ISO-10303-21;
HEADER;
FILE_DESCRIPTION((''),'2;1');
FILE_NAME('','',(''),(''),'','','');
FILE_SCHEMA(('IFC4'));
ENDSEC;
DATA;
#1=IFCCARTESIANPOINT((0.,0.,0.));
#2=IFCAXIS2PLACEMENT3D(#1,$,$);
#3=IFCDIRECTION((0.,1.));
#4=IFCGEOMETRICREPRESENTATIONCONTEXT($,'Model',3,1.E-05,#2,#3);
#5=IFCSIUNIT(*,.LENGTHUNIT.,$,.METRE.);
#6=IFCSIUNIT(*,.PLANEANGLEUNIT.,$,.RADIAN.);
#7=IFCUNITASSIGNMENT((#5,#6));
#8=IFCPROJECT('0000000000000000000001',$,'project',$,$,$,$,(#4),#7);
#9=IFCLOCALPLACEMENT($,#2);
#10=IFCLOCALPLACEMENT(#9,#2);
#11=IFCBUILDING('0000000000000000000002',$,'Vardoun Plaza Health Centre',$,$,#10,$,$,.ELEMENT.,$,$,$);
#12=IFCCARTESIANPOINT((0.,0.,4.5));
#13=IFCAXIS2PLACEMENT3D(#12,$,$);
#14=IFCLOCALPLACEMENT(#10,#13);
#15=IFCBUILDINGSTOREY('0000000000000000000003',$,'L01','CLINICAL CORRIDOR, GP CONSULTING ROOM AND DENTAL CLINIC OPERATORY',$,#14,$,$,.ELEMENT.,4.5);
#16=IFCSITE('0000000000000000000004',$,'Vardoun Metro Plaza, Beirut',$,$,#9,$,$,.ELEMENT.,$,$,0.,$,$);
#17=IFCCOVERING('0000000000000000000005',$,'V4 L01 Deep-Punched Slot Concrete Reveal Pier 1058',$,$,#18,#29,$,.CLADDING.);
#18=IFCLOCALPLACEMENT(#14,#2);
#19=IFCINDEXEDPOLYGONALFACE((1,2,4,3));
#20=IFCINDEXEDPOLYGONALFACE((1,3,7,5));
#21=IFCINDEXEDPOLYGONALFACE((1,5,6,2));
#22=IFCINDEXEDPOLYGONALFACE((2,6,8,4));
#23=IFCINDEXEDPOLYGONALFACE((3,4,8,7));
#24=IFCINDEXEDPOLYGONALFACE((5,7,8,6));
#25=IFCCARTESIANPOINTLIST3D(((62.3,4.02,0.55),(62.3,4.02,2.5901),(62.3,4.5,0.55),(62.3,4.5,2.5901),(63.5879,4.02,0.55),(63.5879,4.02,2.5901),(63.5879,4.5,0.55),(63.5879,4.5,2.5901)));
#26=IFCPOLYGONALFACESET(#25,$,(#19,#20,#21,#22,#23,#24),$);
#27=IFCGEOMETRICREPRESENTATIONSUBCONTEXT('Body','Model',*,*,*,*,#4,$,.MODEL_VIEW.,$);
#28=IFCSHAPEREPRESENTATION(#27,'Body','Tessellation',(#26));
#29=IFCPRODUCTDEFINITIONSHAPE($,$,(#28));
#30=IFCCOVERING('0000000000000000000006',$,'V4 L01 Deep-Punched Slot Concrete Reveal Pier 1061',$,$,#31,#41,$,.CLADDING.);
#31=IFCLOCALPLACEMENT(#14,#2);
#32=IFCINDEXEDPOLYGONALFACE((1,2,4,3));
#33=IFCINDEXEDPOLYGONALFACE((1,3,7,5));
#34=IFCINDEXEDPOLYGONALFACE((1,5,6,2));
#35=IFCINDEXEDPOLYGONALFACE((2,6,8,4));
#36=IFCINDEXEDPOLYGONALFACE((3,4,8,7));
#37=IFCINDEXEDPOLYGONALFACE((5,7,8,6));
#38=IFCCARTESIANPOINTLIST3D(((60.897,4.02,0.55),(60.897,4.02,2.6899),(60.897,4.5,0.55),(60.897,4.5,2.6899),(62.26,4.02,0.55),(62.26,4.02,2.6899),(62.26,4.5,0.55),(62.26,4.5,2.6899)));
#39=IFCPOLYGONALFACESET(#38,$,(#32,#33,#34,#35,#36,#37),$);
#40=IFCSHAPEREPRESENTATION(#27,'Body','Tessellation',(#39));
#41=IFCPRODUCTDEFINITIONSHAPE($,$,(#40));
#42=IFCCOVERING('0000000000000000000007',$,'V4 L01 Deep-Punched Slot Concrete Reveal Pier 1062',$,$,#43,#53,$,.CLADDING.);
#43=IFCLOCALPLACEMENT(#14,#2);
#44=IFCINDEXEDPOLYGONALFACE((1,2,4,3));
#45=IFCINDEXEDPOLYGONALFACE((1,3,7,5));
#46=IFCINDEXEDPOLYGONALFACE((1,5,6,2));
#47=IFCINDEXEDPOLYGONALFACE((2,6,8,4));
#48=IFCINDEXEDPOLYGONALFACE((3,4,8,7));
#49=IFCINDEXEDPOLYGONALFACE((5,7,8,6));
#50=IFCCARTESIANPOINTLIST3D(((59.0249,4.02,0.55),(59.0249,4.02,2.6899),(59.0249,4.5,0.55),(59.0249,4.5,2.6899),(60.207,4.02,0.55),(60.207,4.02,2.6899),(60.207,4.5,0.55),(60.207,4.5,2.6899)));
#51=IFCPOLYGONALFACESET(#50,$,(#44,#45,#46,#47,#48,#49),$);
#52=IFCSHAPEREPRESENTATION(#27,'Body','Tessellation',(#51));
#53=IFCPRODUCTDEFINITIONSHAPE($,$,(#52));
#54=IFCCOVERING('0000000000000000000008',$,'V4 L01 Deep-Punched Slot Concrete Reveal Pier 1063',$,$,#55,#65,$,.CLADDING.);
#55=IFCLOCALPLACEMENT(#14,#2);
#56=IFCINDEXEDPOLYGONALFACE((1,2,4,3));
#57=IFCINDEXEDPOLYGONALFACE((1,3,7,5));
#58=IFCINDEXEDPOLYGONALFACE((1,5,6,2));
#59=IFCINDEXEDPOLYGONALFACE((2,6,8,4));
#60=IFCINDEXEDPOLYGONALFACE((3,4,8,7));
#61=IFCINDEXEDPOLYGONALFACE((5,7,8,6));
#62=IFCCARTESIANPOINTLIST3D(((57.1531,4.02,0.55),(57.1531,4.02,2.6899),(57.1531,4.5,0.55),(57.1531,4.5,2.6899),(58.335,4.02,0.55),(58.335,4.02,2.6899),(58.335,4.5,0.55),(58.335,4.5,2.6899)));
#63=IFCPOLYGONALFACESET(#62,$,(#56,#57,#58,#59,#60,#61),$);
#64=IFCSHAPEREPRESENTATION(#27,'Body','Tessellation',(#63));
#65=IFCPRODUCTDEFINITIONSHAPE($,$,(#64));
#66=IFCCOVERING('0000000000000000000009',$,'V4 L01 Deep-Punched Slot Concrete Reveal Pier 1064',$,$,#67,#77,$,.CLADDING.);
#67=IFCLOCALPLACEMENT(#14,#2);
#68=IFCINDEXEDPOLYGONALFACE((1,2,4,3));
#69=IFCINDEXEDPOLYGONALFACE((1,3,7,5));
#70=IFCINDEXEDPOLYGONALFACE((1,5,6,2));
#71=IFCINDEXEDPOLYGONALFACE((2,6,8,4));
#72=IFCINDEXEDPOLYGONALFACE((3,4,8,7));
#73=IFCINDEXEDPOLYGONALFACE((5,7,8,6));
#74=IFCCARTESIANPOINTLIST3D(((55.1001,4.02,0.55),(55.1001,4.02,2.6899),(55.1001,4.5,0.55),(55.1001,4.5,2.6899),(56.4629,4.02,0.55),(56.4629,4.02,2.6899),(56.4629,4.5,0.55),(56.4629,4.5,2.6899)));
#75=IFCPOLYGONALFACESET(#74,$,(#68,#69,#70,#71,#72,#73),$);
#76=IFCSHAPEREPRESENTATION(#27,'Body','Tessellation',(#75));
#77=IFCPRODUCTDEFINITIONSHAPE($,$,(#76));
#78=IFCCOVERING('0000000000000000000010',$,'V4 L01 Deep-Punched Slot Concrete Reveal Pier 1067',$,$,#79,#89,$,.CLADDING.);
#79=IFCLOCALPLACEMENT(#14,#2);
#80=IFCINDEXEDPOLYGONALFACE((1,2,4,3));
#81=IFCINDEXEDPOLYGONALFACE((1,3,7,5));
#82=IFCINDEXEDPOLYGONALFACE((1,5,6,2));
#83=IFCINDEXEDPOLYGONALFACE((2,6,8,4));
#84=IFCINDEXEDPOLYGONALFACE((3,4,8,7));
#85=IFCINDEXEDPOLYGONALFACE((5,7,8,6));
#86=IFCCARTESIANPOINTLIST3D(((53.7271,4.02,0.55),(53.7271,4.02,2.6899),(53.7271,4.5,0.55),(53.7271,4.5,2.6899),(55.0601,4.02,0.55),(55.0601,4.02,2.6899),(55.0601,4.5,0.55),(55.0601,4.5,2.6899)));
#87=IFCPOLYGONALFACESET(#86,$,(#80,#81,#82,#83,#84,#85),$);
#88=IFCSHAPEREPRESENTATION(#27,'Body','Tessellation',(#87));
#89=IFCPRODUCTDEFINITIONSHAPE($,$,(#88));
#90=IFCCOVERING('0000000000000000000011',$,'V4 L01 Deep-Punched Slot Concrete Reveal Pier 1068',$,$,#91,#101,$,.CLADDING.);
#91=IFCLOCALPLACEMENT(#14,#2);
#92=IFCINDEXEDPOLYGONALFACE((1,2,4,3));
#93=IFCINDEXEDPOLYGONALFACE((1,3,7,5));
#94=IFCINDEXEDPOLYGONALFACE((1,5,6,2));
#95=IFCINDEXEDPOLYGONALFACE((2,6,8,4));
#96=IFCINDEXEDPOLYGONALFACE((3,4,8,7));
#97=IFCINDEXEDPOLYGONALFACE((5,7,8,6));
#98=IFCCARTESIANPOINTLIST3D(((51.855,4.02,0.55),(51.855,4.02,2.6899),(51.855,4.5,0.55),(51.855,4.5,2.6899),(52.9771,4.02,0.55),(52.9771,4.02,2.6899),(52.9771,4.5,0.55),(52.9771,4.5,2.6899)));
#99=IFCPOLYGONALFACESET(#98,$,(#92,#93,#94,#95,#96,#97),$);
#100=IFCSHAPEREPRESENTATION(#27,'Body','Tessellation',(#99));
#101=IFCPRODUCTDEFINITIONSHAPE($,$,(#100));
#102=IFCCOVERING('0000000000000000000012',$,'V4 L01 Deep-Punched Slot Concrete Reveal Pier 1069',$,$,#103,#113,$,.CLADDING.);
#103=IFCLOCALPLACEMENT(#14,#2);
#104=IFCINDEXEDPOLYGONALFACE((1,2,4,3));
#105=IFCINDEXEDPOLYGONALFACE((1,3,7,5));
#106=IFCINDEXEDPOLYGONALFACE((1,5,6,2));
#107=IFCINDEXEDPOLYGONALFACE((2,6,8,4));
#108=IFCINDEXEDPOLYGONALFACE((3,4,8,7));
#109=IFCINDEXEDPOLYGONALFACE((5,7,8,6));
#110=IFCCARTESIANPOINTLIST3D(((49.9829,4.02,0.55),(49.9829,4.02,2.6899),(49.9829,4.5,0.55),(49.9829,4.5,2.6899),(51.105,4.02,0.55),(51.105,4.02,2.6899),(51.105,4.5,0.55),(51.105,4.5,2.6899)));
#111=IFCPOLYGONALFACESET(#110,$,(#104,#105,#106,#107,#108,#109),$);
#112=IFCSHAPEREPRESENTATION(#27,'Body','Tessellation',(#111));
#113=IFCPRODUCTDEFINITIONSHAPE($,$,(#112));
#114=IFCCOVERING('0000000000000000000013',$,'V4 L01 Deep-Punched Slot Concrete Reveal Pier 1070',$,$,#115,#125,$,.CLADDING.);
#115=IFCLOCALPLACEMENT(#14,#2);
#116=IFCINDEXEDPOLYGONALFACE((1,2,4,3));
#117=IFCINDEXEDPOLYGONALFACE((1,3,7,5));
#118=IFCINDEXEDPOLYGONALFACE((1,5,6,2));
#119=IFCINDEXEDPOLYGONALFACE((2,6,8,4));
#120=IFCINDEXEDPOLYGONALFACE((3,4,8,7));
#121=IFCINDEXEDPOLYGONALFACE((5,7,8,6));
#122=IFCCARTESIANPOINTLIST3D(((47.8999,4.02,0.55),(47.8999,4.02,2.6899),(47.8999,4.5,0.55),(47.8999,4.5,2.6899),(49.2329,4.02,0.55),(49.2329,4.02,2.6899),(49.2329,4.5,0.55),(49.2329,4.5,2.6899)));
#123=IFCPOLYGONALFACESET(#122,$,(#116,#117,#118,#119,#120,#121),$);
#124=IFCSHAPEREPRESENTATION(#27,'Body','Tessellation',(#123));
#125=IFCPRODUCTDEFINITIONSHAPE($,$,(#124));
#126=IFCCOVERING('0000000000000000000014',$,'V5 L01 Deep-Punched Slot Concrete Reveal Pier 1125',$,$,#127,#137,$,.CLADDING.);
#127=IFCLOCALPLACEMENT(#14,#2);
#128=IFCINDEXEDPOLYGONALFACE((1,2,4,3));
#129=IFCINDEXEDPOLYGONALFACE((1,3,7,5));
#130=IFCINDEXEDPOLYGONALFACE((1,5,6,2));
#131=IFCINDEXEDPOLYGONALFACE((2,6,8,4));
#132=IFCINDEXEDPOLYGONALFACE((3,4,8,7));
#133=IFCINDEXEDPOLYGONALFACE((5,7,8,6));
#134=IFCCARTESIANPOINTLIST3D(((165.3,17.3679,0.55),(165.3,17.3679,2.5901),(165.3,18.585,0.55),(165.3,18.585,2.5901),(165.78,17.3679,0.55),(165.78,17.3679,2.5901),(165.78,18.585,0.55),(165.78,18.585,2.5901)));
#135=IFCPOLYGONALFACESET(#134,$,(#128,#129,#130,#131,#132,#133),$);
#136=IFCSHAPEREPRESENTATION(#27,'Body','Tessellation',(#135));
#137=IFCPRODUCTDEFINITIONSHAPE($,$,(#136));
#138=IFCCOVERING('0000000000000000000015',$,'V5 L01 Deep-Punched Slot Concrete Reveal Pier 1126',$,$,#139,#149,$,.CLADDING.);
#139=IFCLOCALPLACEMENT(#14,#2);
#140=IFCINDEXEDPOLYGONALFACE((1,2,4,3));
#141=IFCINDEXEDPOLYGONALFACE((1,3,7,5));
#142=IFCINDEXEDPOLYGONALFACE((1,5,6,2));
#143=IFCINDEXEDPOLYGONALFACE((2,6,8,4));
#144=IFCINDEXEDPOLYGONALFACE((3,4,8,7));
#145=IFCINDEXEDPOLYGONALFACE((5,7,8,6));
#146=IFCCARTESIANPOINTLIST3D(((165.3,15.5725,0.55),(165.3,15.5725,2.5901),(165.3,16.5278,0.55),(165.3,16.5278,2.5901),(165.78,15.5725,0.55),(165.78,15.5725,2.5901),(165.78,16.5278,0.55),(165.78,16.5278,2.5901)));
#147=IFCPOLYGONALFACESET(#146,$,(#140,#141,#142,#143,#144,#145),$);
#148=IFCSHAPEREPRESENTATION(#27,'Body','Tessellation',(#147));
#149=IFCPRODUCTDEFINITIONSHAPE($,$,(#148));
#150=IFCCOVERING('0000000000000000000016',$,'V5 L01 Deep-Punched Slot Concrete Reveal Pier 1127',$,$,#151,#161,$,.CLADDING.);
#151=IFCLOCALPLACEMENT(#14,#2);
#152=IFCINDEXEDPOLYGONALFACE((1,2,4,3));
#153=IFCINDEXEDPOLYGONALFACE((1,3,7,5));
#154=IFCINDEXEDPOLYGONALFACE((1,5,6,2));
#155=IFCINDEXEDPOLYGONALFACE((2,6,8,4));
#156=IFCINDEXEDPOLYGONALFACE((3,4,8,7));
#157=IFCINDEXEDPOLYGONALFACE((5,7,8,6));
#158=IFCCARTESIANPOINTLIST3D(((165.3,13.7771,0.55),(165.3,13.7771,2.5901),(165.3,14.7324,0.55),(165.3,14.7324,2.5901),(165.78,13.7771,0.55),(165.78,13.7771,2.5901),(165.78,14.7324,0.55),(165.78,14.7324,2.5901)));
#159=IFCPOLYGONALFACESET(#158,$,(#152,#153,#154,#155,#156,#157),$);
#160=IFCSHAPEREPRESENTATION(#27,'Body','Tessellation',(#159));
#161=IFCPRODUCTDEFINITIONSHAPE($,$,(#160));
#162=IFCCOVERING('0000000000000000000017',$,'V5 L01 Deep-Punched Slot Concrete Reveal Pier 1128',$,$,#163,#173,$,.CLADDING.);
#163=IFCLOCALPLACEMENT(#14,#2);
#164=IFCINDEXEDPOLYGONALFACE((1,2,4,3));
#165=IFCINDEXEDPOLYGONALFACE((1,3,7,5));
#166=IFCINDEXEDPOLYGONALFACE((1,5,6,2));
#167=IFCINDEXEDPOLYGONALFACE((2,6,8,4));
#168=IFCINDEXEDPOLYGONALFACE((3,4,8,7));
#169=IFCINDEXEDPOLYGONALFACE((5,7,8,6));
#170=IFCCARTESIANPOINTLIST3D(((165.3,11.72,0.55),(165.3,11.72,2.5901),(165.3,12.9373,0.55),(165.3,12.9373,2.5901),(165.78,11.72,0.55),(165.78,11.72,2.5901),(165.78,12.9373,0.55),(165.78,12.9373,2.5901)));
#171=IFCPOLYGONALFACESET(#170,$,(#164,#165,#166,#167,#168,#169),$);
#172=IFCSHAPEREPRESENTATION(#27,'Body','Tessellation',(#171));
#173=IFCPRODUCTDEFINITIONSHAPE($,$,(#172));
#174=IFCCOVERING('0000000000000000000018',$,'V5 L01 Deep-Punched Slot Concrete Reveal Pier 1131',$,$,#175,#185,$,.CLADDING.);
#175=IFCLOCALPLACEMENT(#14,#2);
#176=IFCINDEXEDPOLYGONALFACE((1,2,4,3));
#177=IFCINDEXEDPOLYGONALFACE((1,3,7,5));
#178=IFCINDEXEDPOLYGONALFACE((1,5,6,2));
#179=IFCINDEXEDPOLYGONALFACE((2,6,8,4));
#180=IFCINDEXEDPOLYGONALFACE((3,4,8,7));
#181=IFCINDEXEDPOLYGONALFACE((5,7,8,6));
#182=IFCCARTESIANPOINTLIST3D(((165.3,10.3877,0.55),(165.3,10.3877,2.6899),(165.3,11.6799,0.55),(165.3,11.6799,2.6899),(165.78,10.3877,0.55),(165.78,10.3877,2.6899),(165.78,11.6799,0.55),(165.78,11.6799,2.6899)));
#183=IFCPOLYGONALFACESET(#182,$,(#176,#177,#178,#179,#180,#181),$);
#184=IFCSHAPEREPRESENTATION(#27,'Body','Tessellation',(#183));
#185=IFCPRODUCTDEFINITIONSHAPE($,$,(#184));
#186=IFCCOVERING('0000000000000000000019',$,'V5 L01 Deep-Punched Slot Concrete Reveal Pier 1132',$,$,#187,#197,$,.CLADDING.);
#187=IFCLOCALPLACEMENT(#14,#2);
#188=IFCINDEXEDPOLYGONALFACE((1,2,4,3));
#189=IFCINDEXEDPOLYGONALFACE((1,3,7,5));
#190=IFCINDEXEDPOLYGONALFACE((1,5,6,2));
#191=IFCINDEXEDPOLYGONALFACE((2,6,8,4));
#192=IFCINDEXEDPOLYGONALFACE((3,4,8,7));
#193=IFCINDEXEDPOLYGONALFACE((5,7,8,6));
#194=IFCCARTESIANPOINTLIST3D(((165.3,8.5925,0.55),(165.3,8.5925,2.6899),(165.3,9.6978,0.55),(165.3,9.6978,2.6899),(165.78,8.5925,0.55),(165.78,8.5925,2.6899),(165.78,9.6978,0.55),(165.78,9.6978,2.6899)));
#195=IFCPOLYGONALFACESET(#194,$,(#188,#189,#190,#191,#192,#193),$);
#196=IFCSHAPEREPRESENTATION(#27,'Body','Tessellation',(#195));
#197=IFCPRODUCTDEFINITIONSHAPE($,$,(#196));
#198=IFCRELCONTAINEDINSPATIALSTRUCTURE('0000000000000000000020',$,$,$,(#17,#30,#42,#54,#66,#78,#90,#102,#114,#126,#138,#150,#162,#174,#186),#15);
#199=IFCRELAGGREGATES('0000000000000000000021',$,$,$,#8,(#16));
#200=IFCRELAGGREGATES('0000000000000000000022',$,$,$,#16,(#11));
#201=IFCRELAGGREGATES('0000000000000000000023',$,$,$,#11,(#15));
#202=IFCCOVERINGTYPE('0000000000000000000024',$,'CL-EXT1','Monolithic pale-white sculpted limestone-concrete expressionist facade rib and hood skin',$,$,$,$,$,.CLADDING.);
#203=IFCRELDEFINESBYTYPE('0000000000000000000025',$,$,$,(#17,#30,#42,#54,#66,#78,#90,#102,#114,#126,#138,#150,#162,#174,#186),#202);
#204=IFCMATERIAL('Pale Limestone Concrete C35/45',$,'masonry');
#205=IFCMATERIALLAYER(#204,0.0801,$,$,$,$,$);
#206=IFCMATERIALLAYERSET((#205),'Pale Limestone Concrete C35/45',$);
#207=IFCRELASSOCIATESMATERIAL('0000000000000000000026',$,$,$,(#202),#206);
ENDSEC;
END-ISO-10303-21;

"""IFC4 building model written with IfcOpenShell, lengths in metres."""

from ifc_helpers import new_model, si_unit, direction, frame, origin, place, context, subcontext, project, spatial, polyline, outline, extrude, material, layer, layer_set, type_object, element, save


model = new_model("IFC4")

# Units and contexts
model_context = context("Model", 3, precision=1e-05, world=origin(), true_north=direction((0.0, 1.0)))
body_context = subcontext(model_context, "Body", "Model", "MODEL_VIEW")
ifc_project = project(units=[si_unit("LENGTHUNIT", "METRE"), si_unit("PLANEANGLEUNIT", "RADIAN")], contexts=[model_context])

# Site, building, storey
site_placement = place(None, origin())
site = spatial("IfcSite", under=ifc_project, at=site_placement, Name="Vardoun Metro Plaza, Beirut", CompositionType="ELEMENT", RefElevation=0.0)
building_placement = place(site_placement, origin())
building = spatial("IfcBuilding", under=site, at=building_placement, Name="Vardoun Plaza Health Centre", CompositionType="ELEMENT")
storey_placement = place(building_placement, frame((0.0, 0.0, 4.5)))
storey = spatial("IfcBuildingStorey", under=building, at=storey_placement, Name="L01", Description="CLINICAL CORRIDOR, GP CONSULTING ROOM AND DENTAL CLINIC OPERATORY", CompositionType="ELEMENT", Elevation=4.5)

# Coverings
ifc_material = material(Name="Pale Limestone Concrete C35/45", Category="masonry")
ifc_layer = layer(ifc_material, 0.0801)
ifc_layer_set = layer_set([ifc_layer], Name="Pale Limestone Concrete C35/45")
covering_type = type_object("IfcCoveringType", Name="CL-EXT1", Description="Monolithic pale-white sculpted limestone-concrete expressionist facade rib and hood skin", PredefinedType="CLADDING", material=ifc_layer_set)
covering_1_placement = place(storey_placement, frame((0.0, 0.0, 0.55)))
element("IfcCovering", 1, at=covering_1_placement, inside=storey, type_object=covering_type, Name="V4 L01 Deep-Punched Slot Concrete Reveal Pier 1058", PredefinedType="CLADDING", context=body_context, shape_type="SweptSolid", body=[
    extrude(outline(polyline([(63.5879, 4.5), (62.3, 4.5), (62.3, 4.02), (63.5879, 4.02), (63.5879, 4.5)])), origin(), (0.0, 0.0, 1.0), 2.04),
])
covering_2_placement = place(storey_placement, frame((0.0, 0.0, 0.55)))
element("IfcCovering", 2, at=covering_2_placement, inside=storey, type_object=covering_type, Name="V4 L01 Deep-Punched Slot Concrete Reveal Pier 1061", PredefinedType="CLADDING", context=body_context, shape_type="SweptSolid", body=[
    extrude(outline(polyline([(62.26, 4.5), (60.897, 4.5), (60.897, 4.02), (62.26, 4.02), (62.26, 4.5)])), origin(), (0.0, 0.0, 1.0), 2.1399),
])
covering_3_placement = place(storey_placement, frame((0.0, 0.0, 0.55)))
element("IfcCovering", 3, at=covering_3_placement, inside=storey, type_object=covering_type, Name="V4 L01 Deep-Punched Slot Concrete Reveal Pier 1062", PredefinedType="CLADDING", context=body_context, shape_type="SweptSolid", body=[
    extrude(outline(polyline([(60.207, 4.5), (59.0249, 4.5), (59.0249, 4.02), (60.207, 4.02), (60.207, 4.5)])), origin(), (0.0, 0.0, 1.0), 2.1399),
])
covering_4_placement = place(storey_placement, frame((0.0, 0.0, 0.55)))
element("IfcCovering", 4, at=covering_4_placement, inside=storey, type_object=covering_type, Name="V4 L01 Deep-Punched Slot Concrete Reveal Pier 1063", PredefinedType="CLADDING", context=body_context, shape_type="SweptSolid", body=[
    extrude(outline(polyline([(58.335, 4.5), (57.1531, 4.5), (57.1531, 4.02), (58.335, 4.02), (58.335, 4.5)])), origin(), (0.0, 0.0, 1.0), 2.1399),
])
covering_5_placement = place(storey_placement, frame((0.0, 0.0, 0.55)))
element("IfcCovering", 5, at=covering_5_placement, inside=storey, type_object=covering_type, Name="V4 L01 Deep-Punched Slot Concrete Reveal Pier 1064", PredefinedType="CLADDING", context=body_context, shape_type="SweptSolid", body=[
    extrude(outline(polyline([(56.4629, 4.5), (55.1001, 4.5), (55.1001, 4.02), (56.4629, 4.02), (56.4629, 4.5)])), origin(), (0.0, 0.0, 1.0), 2.1399),
])
covering_6_placement = place(storey_placement, frame((0.0, 0.0, 0.55)))
element("IfcCovering", 6, at=covering_6_placement, inside=storey, type_object=covering_type, Name="V4 L01 Deep-Punched Slot Concrete Reveal Pier 1067", PredefinedType="CLADDING", context=body_context, shape_type="SweptSolid", body=[
    extrude(outline(polyline([(55.0601, 4.5), (53.7271, 4.5), (53.7271, 4.02), (55.0601, 4.02), (55.0601, 4.5)])), origin(), (0.0, 0.0, 1.0), 2.1399),
])
covering_7_placement = place(storey_placement, frame((0.0, 0.0, 0.55)))
element("IfcCovering", 7, at=covering_7_placement, inside=storey, type_object=covering_type, Name="V4 L01 Deep-Punched Slot Concrete Reveal Pier 1068", PredefinedType="CLADDING", context=body_context, shape_type="SweptSolid", body=[
    extrude(outline(polyline([(52.9771, 4.5), (51.855, 4.5), (51.855, 4.02), (52.9771, 4.02), (52.9771, 4.5)])), origin(), (0.0, 0.0, 1.0), 2.1399),
])
covering_8_placement = place(storey_placement, frame((0.0, 0.0, 0.55)))
element("IfcCovering", 8, at=covering_8_placement, inside=storey, type_object=covering_type, Name="V4 L01 Deep-Punched Slot Concrete Reveal Pier 1069", PredefinedType="CLADDING", context=body_context, shape_type="SweptSolid", body=[
    extrude(outline(polyline([(51.105, 4.5), (49.9829, 4.5), (49.9829, 4.02), (51.105, 4.02), (51.105, 4.5)])), origin(), (0.0, 0.0, 1.0), 2.1399),
])
covering_9_placement = place(storey_placement, frame((0.0, 0.0, 0.55)))
element("IfcCovering", 9, at=covering_9_placement, inside=storey, type_object=covering_type, Name="V4 L01 Deep-Punched Slot Concrete Reveal Pier 1070", PredefinedType="CLADDING", context=body_context, shape_type="SweptSolid", body=[
    extrude(outline(polyline([(49.2329, 4.5), (47.8999, 4.5), (47.8999, 4.02), (49.2329, 4.02), (49.2329, 4.5)])), origin(), (0.0, 0.0, 1.0), 2.1399),
])
covering_10_placement = place(storey_placement, frame((0.0, 0.0, 0.55)))
element("IfcCovering", 10, at=covering_10_placement, inside=storey, type_object=covering_type, Name="V5 L01 Deep-Punched Slot Concrete Reveal Pier 1125", PredefinedType="CLADDING", context=body_context, shape_type="SweptSolid", body=[
    extrude(outline(polyline([(165.3, 18.585), (165.3, 17.3679), (165.78, 17.3679), (165.78, 18.585), (165.3, 18.585)])), origin(), (0.0, 0.0, 1.0), 2.04),
])
covering_11_placement = place(storey_placement, frame((0.0, 0.0, 0.55)))
element("IfcCovering", 11, at=covering_11_placement, inside=storey, type_object=covering_type, Name="V5 L01 Deep-Punched Slot Concrete Reveal Pier 1126", PredefinedType="CLADDING", context=body_context, shape_type="SweptSolid", body=[
    extrude(outline(polyline([(165.3, 16.5278), (165.3, 15.5725), (165.78, 15.5725), (165.78, 16.5278), (165.3, 16.5278)])), origin(), (0.0, 0.0, 1.0), 2.04),
])
covering_12_placement = place(storey_placement, frame((0.0, 0.0, 0.55)))
element("IfcCovering", 12, at=covering_12_placement, inside=storey, type_object=covering_type, Name="V5 L01 Deep-Punched Slot Concrete Reveal Pier 1127", PredefinedType="CLADDING", context=body_context, shape_type="SweptSolid", body=[
    extrude(outline(polyline([(165.3, 14.7324), (165.3, 13.7771), (165.78, 13.7771), (165.78, 14.7324), (165.3, 14.7324)])), origin(), (0.0, 0.0, 1.0), 2.04),
])
covering_13_placement = place(storey_placement, frame((0.0, 0.0, 0.55)))
element("IfcCovering", 13, at=covering_13_placement, inside=storey, type_object=covering_type, Name="V5 L01 Deep-Punched Slot Concrete Reveal Pier 1128", PredefinedType="CLADDING", context=body_context, shape_type="SweptSolid", body=[
    extrude(outline(polyline([(165.3, 12.9373), (165.3, 11.72), (165.78, 11.72), (165.78, 12.9373), (165.3, 12.9373)])), origin(), (0.0, 0.0, 1.0), 2.04),
])
covering_14_placement = place(storey_placement, frame((0.0, 0.0, 0.55)))
element("IfcCovering", 14, at=covering_14_placement, inside=storey, type_object=covering_type, Name="V5 L01 Deep-Punched Slot Concrete Reveal Pier 1131", PredefinedType="CLADDING", context=body_context, shape_type="SweptSolid", body=[
    extrude(outline(polyline([(165.3, 11.6799), (165.3, 10.3877), (165.78, 10.3877), (165.78, 11.6799), (165.3, 11.6799)])), origin(), (0.0, 0.0, 1.0), 2.1399),
])
covering_15_placement = place(storey_placement, frame((0.0, 0.0, 0.55)))
element("IfcCovering", 15, at=covering_15_placement, inside=storey, type_object=covering_type, Name="V5 L01 Deep-Punched Slot Concrete Reveal Pier 1132", PredefinedType="CLADDING", context=body_context, shape_type="SweptSolid", body=[
    extrude(outline(polyline([(165.3, 9.6978), (165.3, 8.5925), (165.78, 8.5925), (165.78, 9.6978), (165.3, 9.6978)])), origin(), (0.0, 0.0, 1.0), 2.1399),
])

save(model, "model.ifc")
